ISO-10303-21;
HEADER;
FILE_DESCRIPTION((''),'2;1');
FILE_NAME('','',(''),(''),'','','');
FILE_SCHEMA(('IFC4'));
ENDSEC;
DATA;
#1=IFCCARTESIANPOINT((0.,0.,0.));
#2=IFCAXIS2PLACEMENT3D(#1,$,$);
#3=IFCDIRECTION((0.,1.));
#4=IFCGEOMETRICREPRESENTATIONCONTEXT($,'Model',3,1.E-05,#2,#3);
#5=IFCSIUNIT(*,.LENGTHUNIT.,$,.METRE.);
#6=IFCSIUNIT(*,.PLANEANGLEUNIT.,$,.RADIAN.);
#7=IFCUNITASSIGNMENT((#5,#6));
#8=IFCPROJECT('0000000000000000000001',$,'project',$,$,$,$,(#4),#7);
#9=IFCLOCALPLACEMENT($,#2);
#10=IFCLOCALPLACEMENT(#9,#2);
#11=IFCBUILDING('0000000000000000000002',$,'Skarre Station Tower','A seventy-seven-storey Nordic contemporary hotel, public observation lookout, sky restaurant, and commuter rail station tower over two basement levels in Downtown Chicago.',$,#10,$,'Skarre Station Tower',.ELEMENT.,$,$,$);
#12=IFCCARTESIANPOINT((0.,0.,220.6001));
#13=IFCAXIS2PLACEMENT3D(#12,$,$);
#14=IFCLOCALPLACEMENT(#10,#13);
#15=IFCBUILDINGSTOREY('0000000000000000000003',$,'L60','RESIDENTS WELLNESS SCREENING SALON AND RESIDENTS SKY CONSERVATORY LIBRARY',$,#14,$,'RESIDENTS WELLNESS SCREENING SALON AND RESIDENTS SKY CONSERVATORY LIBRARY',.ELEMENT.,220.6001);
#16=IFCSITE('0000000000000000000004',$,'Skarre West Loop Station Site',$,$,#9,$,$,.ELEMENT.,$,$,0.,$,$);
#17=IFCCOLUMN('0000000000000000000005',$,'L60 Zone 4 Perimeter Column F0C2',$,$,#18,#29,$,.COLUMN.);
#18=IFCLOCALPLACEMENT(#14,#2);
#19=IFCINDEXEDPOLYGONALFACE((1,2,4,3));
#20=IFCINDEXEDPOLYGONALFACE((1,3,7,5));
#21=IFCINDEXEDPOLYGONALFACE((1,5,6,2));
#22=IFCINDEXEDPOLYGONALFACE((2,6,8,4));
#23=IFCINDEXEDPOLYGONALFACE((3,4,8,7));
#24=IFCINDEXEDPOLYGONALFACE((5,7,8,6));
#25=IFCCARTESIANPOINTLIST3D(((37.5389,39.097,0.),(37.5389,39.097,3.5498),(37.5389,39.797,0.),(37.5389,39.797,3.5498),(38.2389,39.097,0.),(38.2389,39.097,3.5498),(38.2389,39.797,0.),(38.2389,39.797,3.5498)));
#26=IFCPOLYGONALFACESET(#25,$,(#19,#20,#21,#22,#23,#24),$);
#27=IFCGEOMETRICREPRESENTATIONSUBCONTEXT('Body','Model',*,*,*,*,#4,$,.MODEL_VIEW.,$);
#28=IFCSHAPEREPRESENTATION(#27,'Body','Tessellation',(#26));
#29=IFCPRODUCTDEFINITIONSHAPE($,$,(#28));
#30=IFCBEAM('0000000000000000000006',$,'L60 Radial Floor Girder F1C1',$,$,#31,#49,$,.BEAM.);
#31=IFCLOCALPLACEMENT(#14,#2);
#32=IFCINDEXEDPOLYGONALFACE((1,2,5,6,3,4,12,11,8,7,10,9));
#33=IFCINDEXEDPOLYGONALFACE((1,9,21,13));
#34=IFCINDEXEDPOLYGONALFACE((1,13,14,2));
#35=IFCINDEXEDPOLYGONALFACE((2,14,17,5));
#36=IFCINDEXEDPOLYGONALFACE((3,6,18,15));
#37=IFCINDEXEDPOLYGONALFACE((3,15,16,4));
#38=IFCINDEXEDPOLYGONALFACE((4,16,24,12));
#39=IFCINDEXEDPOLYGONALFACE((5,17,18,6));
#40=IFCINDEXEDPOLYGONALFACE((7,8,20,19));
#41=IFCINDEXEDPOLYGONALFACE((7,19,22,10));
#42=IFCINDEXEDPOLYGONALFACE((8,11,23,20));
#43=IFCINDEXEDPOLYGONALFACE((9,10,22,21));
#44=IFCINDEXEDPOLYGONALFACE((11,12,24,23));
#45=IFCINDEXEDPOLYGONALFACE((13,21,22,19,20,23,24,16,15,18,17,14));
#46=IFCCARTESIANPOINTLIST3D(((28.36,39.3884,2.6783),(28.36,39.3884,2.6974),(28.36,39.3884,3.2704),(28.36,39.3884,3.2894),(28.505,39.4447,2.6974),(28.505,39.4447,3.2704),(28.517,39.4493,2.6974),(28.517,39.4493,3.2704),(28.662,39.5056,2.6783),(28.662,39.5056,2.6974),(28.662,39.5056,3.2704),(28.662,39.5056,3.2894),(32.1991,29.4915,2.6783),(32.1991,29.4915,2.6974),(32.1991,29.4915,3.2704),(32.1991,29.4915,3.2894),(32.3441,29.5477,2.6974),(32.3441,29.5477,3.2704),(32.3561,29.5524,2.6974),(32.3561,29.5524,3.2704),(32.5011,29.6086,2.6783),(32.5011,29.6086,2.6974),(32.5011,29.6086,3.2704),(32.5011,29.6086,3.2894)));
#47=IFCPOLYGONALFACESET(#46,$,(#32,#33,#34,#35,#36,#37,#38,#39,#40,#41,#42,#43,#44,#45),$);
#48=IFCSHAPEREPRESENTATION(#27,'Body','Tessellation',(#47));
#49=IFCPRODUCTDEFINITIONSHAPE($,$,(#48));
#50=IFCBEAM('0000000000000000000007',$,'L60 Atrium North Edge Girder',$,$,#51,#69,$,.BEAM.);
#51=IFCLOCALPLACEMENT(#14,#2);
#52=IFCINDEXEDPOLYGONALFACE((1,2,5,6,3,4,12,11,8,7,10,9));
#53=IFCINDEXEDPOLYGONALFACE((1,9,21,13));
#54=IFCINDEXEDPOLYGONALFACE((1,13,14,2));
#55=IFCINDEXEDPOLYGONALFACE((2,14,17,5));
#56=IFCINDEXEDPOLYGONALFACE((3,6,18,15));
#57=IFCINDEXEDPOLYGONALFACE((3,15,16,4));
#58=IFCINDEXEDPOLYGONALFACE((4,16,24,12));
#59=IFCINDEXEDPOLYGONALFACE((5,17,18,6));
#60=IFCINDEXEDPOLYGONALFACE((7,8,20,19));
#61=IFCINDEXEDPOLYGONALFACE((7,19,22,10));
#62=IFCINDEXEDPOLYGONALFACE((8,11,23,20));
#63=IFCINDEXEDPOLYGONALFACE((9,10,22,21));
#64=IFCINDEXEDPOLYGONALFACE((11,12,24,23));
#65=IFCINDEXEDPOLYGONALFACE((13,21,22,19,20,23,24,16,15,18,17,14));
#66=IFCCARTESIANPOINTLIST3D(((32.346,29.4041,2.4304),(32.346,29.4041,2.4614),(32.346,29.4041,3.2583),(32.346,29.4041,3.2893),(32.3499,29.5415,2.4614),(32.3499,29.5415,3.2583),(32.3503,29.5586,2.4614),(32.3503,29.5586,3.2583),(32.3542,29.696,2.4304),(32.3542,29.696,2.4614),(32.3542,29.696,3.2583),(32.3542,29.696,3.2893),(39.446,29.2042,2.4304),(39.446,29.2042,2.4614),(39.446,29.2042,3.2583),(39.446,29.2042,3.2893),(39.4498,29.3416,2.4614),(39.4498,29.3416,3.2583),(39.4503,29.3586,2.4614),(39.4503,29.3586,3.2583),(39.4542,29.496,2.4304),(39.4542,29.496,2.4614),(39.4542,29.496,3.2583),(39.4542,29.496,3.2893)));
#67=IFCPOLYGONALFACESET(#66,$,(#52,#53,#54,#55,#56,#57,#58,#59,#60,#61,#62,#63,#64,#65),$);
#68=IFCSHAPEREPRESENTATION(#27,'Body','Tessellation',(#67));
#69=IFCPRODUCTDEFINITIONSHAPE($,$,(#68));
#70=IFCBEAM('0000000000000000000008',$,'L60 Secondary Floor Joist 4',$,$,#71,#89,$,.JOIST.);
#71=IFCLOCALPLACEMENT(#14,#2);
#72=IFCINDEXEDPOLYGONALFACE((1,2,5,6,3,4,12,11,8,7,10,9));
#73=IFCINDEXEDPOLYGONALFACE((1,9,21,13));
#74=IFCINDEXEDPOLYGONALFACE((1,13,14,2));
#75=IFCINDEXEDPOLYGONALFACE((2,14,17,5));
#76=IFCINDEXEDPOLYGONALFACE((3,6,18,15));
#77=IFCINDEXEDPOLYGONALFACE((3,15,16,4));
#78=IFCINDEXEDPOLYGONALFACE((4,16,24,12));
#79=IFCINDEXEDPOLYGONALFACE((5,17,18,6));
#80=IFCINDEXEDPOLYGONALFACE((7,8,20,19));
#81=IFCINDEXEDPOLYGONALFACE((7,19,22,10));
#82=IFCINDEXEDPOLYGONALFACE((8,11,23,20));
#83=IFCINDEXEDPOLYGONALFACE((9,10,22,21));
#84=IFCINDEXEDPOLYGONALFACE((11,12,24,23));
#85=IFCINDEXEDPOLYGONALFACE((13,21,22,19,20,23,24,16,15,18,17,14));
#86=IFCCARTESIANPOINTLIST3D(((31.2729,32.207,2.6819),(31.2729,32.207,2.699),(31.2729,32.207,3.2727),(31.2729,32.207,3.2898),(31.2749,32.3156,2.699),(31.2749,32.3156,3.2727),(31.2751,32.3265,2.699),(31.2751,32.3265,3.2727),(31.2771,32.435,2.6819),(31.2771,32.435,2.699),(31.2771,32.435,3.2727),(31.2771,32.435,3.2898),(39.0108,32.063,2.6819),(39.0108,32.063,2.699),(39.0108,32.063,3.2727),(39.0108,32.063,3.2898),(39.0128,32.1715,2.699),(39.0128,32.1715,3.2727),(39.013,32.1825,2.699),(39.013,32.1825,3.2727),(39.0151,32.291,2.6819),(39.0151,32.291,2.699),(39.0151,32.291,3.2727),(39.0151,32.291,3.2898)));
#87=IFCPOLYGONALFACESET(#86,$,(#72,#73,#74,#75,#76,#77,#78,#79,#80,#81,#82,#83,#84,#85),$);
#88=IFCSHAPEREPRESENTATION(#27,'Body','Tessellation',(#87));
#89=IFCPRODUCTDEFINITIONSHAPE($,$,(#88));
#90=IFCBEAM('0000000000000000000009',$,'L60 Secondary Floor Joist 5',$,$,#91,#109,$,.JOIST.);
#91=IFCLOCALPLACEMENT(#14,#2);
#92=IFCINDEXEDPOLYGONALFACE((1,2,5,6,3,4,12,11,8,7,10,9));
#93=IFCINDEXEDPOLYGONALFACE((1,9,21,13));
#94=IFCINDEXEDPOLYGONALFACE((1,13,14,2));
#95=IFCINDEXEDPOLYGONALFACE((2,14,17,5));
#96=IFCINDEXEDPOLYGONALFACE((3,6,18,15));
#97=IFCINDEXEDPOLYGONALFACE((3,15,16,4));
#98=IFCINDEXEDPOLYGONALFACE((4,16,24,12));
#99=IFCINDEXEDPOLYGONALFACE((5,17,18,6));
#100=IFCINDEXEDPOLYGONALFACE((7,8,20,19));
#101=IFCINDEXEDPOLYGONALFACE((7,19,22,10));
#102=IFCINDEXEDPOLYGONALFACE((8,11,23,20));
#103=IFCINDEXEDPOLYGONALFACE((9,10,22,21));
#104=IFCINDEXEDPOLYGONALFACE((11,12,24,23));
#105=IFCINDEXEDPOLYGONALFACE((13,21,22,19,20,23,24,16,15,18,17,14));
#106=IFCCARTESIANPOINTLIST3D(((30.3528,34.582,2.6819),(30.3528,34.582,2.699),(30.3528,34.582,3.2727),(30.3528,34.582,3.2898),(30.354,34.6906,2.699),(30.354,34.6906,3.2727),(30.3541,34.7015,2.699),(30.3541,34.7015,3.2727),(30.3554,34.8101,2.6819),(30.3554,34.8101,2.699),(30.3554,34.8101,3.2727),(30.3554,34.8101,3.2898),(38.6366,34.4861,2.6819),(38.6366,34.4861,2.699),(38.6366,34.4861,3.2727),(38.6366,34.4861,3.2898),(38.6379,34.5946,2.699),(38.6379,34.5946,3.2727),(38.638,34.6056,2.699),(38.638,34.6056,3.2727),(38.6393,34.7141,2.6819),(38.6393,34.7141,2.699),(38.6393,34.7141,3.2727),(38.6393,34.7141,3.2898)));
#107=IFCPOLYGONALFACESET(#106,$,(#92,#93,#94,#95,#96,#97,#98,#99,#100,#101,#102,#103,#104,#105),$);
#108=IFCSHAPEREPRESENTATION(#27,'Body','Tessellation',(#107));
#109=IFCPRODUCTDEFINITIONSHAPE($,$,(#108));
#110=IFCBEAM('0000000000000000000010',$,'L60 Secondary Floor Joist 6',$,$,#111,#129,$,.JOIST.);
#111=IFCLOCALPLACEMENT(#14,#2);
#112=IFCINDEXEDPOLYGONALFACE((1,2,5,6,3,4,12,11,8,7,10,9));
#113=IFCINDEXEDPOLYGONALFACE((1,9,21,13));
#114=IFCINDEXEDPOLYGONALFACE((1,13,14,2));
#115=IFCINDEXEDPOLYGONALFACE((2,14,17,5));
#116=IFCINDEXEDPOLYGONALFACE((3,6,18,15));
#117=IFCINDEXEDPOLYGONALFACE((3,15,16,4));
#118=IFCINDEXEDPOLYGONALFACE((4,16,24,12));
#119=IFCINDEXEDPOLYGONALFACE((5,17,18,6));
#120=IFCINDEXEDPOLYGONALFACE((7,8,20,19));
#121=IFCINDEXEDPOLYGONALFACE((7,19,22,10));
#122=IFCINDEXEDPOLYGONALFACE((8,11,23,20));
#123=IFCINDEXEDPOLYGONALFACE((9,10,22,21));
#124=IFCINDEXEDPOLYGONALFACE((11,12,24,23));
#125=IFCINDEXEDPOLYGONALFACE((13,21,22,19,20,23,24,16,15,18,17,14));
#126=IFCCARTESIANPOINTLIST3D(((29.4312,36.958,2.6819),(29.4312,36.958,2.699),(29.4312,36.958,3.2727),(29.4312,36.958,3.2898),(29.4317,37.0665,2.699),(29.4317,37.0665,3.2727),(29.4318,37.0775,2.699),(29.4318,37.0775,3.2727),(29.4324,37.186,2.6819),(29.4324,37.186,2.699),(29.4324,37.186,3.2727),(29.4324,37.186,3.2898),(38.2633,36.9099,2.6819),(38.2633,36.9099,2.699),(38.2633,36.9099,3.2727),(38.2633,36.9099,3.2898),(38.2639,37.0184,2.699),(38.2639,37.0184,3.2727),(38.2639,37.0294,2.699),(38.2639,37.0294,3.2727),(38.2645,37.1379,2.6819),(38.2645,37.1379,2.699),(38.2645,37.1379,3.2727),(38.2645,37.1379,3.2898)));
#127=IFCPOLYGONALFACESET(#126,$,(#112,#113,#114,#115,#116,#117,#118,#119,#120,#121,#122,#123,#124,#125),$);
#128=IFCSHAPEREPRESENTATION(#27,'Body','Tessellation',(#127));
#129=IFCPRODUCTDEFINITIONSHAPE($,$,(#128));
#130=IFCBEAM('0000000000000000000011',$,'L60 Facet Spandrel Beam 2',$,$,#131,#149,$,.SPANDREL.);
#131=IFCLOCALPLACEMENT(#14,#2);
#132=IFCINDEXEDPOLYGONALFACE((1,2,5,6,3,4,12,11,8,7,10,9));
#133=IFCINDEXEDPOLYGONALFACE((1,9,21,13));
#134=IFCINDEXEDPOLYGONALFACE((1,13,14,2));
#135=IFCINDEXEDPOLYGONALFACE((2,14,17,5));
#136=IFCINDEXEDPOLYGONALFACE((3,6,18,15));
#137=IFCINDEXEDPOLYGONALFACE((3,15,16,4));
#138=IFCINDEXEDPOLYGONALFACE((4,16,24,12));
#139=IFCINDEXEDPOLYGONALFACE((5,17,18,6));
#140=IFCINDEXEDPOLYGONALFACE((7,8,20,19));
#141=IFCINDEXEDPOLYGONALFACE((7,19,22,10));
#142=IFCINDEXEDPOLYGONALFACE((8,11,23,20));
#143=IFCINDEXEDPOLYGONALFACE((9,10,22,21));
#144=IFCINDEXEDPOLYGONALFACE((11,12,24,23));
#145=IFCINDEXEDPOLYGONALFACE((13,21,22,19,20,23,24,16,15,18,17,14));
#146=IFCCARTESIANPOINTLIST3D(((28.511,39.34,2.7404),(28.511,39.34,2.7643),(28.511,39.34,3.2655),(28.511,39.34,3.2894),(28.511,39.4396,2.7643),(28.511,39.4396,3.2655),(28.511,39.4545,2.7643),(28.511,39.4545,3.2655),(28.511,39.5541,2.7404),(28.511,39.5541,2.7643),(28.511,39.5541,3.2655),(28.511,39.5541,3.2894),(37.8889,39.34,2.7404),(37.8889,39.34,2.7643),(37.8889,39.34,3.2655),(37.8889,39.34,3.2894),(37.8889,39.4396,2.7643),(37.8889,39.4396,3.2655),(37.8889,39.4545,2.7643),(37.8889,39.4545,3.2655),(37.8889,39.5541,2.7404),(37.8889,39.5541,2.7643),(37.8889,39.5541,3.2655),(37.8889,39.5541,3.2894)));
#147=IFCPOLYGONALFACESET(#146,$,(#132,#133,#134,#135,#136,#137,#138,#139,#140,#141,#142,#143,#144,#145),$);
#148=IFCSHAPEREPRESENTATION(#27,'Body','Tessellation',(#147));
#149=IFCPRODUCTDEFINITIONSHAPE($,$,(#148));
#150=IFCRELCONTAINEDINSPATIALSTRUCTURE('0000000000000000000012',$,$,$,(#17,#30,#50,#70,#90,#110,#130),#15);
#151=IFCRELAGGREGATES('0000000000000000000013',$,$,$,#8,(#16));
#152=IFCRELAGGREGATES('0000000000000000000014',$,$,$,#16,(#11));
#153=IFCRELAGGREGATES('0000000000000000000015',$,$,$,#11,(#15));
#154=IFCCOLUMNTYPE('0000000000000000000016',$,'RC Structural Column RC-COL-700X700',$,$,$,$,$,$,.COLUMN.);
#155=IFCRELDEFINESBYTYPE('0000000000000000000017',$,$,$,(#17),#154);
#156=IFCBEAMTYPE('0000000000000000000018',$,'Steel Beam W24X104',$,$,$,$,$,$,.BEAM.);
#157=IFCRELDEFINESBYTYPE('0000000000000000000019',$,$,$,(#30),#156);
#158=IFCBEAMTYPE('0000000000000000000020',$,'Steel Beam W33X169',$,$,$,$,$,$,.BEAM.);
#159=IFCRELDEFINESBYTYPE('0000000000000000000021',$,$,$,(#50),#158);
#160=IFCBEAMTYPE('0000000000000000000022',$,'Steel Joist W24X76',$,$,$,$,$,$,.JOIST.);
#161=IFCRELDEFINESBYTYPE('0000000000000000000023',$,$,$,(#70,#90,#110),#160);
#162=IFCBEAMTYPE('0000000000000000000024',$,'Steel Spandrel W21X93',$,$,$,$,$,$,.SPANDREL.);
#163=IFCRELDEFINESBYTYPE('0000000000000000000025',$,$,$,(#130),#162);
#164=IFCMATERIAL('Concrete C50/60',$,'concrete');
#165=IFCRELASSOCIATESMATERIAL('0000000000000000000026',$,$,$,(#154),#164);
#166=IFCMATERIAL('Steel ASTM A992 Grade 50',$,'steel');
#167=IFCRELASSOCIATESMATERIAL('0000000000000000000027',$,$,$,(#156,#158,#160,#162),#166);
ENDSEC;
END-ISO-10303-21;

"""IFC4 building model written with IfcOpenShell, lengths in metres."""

from ifc_helpers import new_model, si_unit, direction, frame, origin, origin_2d, place, context, subcontext, project, spatial, rectangle, i_section, extrude, material, material_profile, profile_set, type_object, element, save


model = new_model("IFC4")

# Units and contexts
model_context = context("Model", 3, precision=1e-05, world=origin(), true_north=direction((0.0, 1.0)))
body_context = subcontext(model_context, "Body", "Model", "MODEL_VIEW")
ifc_project = project(units=[si_unit("LENGTHUNIT", "METRE"), si_unit("PLANEANGLEUNIT", "RADIAN")], contexts=[model_context])

# Site, building, storey
site_placement = place(None, origin())
site = spatial("IfcSite", under=ifc_project, at=site_placement, Name="Skarre West Loop Station Site", CompositionType="ELEMENT", RefElevation=0.0)
building_placement = place(site_placement, origin())
building = spatial("IfcBuilding", under=site, at=building_placement, Name="Skarre Station Tower", Description="A seventy-seven-storey Nordic contemporary hotel, public observation lookout, sky restaurant, and commuter rail station tower over two basement levels in Downtown Chicago.", LongName="Skarre Station Tower", CompositionType="ELEMENT")
storey_placement = place(building_placement, frame((0.0, 0.0, 220.6001)))
storey = spatial("IfcBuildingStorey", under=building, at=storey_placement, Name="L60", Description="RESIDENTS WELLNESS SCREENING SALON AND RESIDENTS SKY CONSERVATORY LIBRARY", LongName="RESIDENTS WELLNESS SCREENING SALON AND RESIDENTS SKY CONSERVATORY LIBRARY", CompositionType="ELEMENT", Elevation=220.6001)

# Column
ifc_material_1 = material(Name="Concrete C50/60", Category="concrete")
ifc_material_profile_1 = material_profile(ifc_material_1, rectangle(XDim=0.7, YDim=0.7, at=origin_2d()), Name="Concrete C50/60")
ifc_profile_set_1 = profile_set([ifc_material_profile_1], Name="Concrete C50/60")
column_type = type_object("IfcColumnType", Name="RC Structural Column RC-COL-700X700", PredefinedType="COLUMN", material=ifc_profile_set_1)
column_placement = place(storey_placement, frame((37.8889, 39.447, 0.0), z_axis=(0.0, 0.0, 1.0), x_axis=(1.0, 0.0, 0.0)))
element("IfcColumn", 1, at=column_placement, inside=storey, type_object=column_type, Name="L60 Zone 4 Perimeter Column F0C2", PredefinedType="COLUMN", context=body_context, shape_type="SweptSolid", body=[
    extrude(rectangle(XDim=0.7, YDim=0.7, at=origin_2d()), origin(), (0.0, 0.0, 1.0), 3.5498),
])

# Beams
ifc_material_2 = material(Name="Steel ASTM A992 Grade 50", Category="steel")
ifc_material_profile_2 = material_profile(ifc_material_2, i_section(OverallWidth=0.324, OverallDepth=0.6111, WebThickness=0.0129, FlangeThickness=0.019, at=origin_2d()), Name="Steel ASTM A992 Grade 50")
ifc_profile_set_2 = profile_set([ifc_material_profile_2], Name="Steel ASTM A992 Grade 50")
beam_type_1 = type_object("IfcBeamType", Name="Steel Beam W24X104", PredefinedType="BEAM", material=ifc_profile_set_2)
beam_1_placement = place(storey_placement, frame((32.3501, 29.55, 2.9839), z_axis=(-0.361651, 0.932313, 0.0), x_axis=(-0.932313, -0.361651, 0.0)))
element("IfcBeam", 2, at=beam_1_placement, inside=storey, type_object=beam_type_1, Name="L60 Radial Floor Girder F1C1", PredefinedType="BEAM", context=body_context, shape_type="SweptSolid", body=[
    extrude(i_section(OverallWidth=0.324, OverallDepth=0.6111, WebThickness=0.0129, FlangeThickness=0.019, at=origin_2d()), origin(), (0.0, 0.0, 1.0), 10.6155),
])
ifc_material_profile_3 = material_profile(ifc_material_2, i_section(OverallWidth=0.292, OverallDepth=0.8589, WebThickness=0.0171, FlangeThickness=0.031, at=origin_2d()), Name="Steel ASTM A992 Grade 50")
ifc_profile_set_3 = profile_set([ifc_material_profile_3], Name="Steel ASTM A992 Grade 50")
beam_type_2 = type_object("IfcBeamType", Name="Steel Beam W33X169", PredefinedType="BEAM", material=ifc_profile_set_3)
beam_2_placement = place(storey_placement, frame((32.3501, 29.55, 2.8599), z_axis=(0.999604, -0.028152, 0.0), x_axis=(0.028152, 0.999604, 0.0)))
element("IfcBeam", 3, at=beam_2_placement, inside=storey, type_object=beam_type_2, Name="L60 Atrium North Edge Girder", PredefinedType="BEAM", context=body_context, shape_type="SweptSolid", body=[
    extrude(i_section(OverallWidth=0.292, OverallDepth=0.8589, WebThickness=0.0171, FlangeThickness=0.031, at=origin_2d()), origin(), (0.0, 0.0, 1.0), 7.1028),
])
ifc_material_profile_4 = material_profile(ifc_material_2, i_section(OverallWidth=0.228, OverallDepth=0.6079, WebThickness=0.011, FlangeThickness=0.0171, at=origin_2d()), Name="Steel ASTM A992 Grade 50")
ifc_profile_set_4 = profile_set([ifc_material_profile_4], Name="Steel ASTM A992 Grade 50")
beam_type_3 = type_object("IfcBeamType", Name="Steel Joist W24X76", PredefinedType="JOIST", material=ifc_profile_set_4)
beam_3_placement = place(storey_placement, frame((39.0129, 32.177, 2.9858), z_axis=(-0.999827, 0.018612, 0.0), x_axis=(-0.018612, -0.999827, 0.0)))
element("IfcBeam", 4, at=beam_3_placement, inside=storey, type_object=beam_type_3, Name="L60 Secondary Floor Joist 4", PredefinedType="JOIST", context=body_context, shape_type="SweptSolid", body=[
    extrude(i_section(OverallWidth=0.228, OverallDepth=0.6079, WebThickness=0.011, FlangeThickness=0.0171, at=origin_2d()), origin(), (0.0, 0.0, 1.0), 7.7393),
])
beam_4_placement = place(storey_placement, frame((38.6379, 34.6001, 2.9858), z_axis=(-0.999933, 0.011582, 0.0), x_axis=(-0.011582, -0.999933, 0.0)))
element("IfcBeam", 5, at=beam_4_placement, inside=storey, type_object=beam_type_3, Name="L60 Secondary Floor Joist 5", PredefinedType="JOIST", context=body_context, shape_type="SweptSolid", body=[
    extrude(i_section(OverallWidth=0.228, OverallDepth=0.6079, WebThickness=0.011, FlangeThickness=0.0171, at=origin_2d()), origin(), (0.0, 0.0, 1.0), 8.2844),
])
beam_5_placement = place(storey_placement, frame((38.2639, 37.0239, 2.9858), z_axis=(-0.999985, 0.005446, 0.0), x_axis=(-0.005446, -0.999985, 0.0)))
element("IfcBeam", 6, at=beam_5_placement, inside=storey, type_object=beam_type_3, Name="L60 Secondary Floor Joist 6", PredefinedType="JOIST", context=body_context, shape_type="SweptSolid", body=[
    extrude(i_section(OverallWidth=0.228, OverallDepth=0.6079, WebThickness=0.011, FlangeThickness=0.0171, at=origin_2d()), origin(), (0.0, 0.0, 1.0), 8.8323),
])
ifc_material_profile_5 = material_profile(ifc_material_2, i_section(OverallWidth=0.2141, OverallDepth=0.5491, WebThickness=0.0149, FlangeThickness=0.0239, at=origin_2d()), Name="Steel ASTM A992 Grade 50")
ifc_profile_set_5 = profile_set([ifc_material_profile_5], Name="Steel ASTM A992 Grade 50")
beam_type_4 = type_object("IfcBeamType", Name="Steel Spandrel W21X93", PredefinedType="SPANDREL", material=ifc_profile_set_5)
beam_6_placement = place(storey_placement, frame((37.8889, 39.447, 3.0149), z_axis=(-1.0, 0.0, 0.0), x_axis=(0.0, -1.0, 0.0)))
element("IfcBeam", 7, at=beam_6_placement, inside=storey, type_object=beam_type_4, Name="L60 Facet Spandrel Beam 2", PredefinedType="SPANDREL", context=body_context, shape_type="SweptSolid", body=[
    extrude(i_section(OverallWidth=0.2141, OverallDepth=0.5491, WebThickness=0.0149, FlangeThickness=0.0239, at=origin_2d()), origin(), (0.0, 0.0, 1.0), 9.3779),
])

save(model, "model.ifc")
